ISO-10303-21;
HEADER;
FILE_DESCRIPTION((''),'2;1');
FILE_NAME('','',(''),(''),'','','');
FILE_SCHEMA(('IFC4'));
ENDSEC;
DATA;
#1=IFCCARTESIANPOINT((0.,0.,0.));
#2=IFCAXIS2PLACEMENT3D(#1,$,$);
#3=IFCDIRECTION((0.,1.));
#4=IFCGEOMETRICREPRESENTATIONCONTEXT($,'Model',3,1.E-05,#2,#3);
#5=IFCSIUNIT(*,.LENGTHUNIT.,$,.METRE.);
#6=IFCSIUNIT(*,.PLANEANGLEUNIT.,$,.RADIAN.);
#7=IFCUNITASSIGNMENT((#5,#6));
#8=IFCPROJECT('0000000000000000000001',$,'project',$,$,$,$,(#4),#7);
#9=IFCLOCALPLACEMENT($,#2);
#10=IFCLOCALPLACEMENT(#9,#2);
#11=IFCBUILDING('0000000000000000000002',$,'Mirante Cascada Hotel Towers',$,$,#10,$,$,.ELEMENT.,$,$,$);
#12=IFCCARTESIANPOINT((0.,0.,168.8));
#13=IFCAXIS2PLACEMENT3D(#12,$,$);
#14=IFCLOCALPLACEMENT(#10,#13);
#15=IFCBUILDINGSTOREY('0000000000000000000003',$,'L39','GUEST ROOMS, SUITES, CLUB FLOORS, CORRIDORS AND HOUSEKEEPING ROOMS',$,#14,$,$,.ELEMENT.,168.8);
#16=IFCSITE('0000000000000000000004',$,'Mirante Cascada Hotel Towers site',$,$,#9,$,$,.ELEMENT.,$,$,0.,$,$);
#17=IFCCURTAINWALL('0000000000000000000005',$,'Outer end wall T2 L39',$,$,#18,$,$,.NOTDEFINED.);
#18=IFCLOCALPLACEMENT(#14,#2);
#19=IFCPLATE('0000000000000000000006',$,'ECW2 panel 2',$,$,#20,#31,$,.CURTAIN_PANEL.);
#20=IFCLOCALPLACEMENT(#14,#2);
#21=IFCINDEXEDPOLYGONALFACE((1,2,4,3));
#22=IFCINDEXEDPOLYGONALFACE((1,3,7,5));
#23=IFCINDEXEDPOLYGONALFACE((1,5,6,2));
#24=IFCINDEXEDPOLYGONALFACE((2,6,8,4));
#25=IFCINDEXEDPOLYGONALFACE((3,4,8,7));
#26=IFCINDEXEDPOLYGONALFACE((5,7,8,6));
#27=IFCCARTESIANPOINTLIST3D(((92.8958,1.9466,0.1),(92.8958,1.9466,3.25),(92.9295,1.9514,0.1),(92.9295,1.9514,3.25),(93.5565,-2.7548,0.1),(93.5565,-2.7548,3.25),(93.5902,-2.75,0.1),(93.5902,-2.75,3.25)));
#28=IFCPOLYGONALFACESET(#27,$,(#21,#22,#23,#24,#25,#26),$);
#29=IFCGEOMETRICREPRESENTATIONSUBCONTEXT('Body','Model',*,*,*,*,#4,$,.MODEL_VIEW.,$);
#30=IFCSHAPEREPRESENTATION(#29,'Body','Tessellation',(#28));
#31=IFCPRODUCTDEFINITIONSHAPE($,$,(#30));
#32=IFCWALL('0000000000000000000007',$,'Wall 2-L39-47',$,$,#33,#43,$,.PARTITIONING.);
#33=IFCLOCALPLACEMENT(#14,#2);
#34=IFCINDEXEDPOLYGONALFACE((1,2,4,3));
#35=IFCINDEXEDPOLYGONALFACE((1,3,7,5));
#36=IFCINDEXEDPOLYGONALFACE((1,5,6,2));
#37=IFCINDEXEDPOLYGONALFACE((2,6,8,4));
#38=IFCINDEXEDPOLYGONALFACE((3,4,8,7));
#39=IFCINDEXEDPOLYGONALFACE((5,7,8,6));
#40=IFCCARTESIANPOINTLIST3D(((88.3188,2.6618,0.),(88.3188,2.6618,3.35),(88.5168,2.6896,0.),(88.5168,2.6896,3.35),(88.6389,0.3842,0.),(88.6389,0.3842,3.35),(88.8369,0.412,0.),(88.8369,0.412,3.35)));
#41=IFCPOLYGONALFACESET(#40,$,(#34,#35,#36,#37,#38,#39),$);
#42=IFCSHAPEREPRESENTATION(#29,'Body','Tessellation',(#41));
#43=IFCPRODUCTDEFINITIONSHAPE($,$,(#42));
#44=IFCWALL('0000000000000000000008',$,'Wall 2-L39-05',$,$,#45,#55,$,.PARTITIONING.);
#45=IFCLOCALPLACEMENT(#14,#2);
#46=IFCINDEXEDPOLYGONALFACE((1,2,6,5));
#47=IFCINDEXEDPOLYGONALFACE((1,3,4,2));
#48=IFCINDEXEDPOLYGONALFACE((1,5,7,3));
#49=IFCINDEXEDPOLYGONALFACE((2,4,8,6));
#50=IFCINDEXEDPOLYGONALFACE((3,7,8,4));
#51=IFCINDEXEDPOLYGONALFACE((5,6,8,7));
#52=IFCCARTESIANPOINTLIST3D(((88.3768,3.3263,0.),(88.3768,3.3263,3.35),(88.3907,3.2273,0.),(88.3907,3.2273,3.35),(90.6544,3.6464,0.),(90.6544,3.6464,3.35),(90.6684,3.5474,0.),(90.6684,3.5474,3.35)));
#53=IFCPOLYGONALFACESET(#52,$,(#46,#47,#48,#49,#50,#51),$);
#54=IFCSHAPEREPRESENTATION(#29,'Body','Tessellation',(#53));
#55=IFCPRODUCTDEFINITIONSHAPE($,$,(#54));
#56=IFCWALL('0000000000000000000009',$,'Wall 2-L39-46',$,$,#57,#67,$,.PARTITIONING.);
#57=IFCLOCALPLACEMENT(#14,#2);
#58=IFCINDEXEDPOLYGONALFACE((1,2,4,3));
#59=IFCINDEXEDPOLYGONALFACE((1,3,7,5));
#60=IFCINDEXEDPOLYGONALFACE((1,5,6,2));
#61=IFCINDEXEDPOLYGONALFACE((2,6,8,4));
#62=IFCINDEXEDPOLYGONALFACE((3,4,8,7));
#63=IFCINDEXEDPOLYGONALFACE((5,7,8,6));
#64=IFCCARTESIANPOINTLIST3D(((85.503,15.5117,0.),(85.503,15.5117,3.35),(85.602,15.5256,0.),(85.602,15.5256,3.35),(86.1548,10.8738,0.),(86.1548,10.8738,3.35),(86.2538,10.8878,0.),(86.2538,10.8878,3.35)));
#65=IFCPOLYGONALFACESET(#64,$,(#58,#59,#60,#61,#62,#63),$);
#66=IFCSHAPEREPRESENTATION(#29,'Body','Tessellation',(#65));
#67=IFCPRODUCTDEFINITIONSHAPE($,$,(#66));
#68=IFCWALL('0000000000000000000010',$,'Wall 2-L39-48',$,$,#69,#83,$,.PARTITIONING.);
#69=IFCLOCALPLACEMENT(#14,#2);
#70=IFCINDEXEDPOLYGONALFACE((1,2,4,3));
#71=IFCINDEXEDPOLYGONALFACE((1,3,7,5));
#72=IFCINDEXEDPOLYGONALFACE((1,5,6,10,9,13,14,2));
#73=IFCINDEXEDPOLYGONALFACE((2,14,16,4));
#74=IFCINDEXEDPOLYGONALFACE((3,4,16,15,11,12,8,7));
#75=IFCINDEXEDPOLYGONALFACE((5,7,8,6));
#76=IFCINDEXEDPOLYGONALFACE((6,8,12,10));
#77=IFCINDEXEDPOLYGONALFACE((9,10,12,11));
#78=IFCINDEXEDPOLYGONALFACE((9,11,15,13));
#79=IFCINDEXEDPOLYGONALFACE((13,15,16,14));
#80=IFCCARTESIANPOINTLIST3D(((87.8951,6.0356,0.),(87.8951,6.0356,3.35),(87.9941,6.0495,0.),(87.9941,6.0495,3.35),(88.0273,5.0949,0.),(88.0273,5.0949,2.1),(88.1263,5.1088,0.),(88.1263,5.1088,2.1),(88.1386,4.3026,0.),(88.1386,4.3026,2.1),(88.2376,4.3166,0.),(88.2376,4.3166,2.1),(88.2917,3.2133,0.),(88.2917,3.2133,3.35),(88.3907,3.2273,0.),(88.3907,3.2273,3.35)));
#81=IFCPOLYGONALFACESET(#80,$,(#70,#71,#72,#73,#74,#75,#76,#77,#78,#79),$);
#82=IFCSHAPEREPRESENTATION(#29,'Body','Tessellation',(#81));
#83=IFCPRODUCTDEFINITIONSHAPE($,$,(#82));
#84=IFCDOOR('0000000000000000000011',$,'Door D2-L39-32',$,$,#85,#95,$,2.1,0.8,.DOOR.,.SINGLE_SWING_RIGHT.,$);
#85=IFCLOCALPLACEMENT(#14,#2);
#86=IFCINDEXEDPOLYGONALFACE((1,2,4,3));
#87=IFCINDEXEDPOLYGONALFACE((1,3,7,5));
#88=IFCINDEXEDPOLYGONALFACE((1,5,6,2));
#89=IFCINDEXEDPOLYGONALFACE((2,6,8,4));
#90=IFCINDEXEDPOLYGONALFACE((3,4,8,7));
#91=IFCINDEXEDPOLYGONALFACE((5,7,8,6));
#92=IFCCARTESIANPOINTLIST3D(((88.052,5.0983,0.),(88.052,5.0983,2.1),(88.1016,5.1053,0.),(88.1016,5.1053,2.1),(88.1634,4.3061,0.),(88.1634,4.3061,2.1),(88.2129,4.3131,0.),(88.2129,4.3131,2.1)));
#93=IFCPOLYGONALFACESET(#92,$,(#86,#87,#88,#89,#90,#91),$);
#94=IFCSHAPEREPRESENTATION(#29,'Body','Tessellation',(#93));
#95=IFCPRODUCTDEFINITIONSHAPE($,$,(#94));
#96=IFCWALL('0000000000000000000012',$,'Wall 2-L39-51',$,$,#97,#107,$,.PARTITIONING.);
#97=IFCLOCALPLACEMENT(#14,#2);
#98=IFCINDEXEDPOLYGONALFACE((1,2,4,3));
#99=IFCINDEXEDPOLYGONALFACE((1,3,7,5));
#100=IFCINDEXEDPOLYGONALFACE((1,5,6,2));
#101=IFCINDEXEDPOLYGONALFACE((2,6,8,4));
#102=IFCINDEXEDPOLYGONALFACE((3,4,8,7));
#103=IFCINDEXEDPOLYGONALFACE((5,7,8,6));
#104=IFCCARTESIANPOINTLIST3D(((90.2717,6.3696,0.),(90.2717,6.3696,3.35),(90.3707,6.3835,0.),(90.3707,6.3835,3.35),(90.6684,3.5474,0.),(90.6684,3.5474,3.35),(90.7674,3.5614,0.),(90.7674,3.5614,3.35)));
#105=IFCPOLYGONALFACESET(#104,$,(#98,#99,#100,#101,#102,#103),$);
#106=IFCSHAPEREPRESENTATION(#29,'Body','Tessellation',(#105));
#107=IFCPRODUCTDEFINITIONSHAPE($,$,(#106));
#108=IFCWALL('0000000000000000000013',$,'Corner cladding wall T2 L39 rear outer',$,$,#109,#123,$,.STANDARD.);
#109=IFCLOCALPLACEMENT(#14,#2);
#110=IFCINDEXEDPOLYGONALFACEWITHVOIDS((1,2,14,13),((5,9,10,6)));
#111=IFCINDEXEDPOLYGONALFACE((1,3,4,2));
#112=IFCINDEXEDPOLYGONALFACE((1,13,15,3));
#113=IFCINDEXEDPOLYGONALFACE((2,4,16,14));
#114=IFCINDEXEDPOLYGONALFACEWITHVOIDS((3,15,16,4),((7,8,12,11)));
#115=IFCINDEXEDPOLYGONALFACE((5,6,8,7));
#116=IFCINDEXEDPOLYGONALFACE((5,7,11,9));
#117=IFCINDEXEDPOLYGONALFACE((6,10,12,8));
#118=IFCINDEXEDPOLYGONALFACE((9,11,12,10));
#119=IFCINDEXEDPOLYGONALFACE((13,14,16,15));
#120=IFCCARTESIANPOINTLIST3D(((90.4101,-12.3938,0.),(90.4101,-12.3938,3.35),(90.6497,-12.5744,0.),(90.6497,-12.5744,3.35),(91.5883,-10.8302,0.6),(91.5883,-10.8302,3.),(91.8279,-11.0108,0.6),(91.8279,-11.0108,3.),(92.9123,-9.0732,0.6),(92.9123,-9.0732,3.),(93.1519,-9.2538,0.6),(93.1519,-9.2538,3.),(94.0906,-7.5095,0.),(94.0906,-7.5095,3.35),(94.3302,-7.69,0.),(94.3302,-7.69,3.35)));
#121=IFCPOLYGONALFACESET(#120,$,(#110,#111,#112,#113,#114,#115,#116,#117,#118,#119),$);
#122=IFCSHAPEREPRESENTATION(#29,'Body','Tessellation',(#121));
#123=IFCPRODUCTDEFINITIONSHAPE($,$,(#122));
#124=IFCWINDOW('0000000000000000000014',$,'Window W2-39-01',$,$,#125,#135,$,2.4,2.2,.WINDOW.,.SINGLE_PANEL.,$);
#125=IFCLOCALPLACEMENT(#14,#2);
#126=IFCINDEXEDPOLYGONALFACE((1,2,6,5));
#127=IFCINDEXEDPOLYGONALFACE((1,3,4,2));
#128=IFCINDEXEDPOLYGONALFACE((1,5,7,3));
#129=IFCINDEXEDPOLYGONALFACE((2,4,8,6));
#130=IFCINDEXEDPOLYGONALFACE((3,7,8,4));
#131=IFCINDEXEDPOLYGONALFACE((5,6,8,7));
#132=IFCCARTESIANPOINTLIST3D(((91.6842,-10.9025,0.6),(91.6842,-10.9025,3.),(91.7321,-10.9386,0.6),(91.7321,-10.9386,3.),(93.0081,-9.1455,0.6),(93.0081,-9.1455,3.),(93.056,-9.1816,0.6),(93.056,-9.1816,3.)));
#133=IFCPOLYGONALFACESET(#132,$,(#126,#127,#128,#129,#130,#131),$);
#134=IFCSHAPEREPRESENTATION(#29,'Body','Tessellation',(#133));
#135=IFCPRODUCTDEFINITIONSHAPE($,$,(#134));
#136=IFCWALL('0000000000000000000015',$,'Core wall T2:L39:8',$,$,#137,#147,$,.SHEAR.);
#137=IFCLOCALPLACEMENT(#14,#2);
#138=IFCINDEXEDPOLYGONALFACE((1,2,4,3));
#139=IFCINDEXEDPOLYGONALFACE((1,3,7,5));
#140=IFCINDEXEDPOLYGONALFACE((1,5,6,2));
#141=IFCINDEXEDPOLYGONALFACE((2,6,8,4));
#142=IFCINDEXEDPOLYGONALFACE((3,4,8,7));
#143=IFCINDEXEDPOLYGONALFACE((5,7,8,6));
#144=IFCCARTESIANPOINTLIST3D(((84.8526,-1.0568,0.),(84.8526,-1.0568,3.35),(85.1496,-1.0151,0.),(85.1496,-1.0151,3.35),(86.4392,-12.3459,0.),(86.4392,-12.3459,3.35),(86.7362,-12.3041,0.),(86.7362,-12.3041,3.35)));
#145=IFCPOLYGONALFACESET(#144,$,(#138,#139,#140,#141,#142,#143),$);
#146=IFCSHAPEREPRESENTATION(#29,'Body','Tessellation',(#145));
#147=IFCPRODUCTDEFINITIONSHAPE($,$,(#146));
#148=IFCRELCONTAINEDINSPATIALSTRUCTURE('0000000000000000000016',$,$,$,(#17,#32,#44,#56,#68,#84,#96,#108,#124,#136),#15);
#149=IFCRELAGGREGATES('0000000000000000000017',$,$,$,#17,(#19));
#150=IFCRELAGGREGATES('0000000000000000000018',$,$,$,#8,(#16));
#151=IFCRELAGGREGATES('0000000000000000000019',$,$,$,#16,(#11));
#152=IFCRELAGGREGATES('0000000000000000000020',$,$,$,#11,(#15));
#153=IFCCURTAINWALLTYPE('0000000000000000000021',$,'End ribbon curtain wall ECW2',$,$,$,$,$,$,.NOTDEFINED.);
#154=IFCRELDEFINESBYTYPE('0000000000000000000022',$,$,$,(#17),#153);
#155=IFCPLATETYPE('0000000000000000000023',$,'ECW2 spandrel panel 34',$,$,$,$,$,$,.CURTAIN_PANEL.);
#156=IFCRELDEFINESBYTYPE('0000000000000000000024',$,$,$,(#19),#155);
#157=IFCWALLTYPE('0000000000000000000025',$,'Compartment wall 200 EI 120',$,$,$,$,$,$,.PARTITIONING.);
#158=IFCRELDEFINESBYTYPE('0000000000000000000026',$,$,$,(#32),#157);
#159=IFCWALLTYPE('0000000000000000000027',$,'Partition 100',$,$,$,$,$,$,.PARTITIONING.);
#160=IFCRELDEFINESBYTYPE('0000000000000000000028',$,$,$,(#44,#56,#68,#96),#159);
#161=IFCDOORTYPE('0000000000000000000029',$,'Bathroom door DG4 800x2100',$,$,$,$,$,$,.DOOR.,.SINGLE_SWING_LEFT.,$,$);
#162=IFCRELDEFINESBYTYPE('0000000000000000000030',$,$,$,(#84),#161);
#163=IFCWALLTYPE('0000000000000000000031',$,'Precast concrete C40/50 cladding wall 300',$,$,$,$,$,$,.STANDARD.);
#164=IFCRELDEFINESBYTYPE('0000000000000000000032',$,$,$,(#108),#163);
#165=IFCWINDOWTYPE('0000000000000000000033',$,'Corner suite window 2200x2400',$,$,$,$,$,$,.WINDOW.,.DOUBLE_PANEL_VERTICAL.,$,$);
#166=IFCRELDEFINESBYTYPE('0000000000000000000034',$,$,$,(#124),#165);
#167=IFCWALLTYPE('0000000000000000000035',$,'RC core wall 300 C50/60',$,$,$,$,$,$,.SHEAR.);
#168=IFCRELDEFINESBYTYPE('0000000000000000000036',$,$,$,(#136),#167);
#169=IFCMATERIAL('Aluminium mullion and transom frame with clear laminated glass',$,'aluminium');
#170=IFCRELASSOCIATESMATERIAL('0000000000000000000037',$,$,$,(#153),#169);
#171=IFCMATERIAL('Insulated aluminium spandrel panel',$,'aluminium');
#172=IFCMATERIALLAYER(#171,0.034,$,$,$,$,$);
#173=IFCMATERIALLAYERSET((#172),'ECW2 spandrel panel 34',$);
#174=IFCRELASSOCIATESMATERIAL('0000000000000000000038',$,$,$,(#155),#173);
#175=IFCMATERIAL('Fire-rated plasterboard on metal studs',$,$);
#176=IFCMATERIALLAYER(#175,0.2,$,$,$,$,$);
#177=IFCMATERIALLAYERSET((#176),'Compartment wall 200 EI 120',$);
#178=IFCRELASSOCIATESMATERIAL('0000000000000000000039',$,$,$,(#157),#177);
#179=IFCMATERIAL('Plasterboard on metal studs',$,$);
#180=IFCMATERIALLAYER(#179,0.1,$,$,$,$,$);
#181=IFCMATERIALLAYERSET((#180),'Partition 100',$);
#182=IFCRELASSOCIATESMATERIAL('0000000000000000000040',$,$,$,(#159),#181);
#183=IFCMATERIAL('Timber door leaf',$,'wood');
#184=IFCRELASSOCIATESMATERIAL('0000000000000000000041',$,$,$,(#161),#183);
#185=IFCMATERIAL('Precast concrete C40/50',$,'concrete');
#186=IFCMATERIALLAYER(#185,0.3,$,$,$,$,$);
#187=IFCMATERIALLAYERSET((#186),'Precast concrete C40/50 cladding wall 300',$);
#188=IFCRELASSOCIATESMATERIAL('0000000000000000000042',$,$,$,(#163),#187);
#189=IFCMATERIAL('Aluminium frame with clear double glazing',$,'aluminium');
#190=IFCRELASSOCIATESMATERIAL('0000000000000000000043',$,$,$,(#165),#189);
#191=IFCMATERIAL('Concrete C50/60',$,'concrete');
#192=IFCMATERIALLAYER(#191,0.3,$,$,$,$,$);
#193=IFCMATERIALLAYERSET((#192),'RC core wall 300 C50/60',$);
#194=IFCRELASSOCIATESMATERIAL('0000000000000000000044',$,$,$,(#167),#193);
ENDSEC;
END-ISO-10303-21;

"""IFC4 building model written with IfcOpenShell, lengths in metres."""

from ifc_helpers import new_model, si_unit, direction, frame, frame_2d, origin, origin_2d, place, context, subcontext, project, spatial, rectangle, extrude, material, layer, layer_set, type_object, element, fill, aggregate, save


model = new_model("IFC4")

# Units and contexts
model_context = context("Model", 3, precision=1e-05, world=origin(), true_north=direction((0.0, 1.0)))
body_context = subcontext(model_context, "Body", "Model", "MODEL_VIEW")
ifc_project = project(units=[si_unit("LENGTHUNIT", "METRE"), si_unit("PLANEANGLEUNIT", "RADIAN")], contexts=[model_context])

# Site, building, storey
site_placement = place(None, origin())
site = spatial("IfcSite", under=ifc_project, at=site_placement, Name="Mirante Cascada Hotel Towers site", CompositionType="ELEMENT", RefElevation=0.0)
building_placement = place(site_placement, origin())
building = spatial("IfcBuilding", under=site, at=building_placement, Name="Mirante Cascada Hotel Towers", CompositionType="ELEMENT")
storey_placement = place(building_placement, frame((0.0, 0.0, 168.8)))
storey = spatial("IfcBuildingStorey", under=building, at=storey_placement, Name="L39", Description="GUEST ROOMS, SUITES, CLUB FLOORS, CORRIDORS AND HOUSEKEEPING ROOMS", CompositionType="ELEMENT", Elevation=168.8)

# Curtain wall, plate
ifc_material_1 = material(Name="Aluminium mullion and transom frame with clear laminated glass", Category="aluminium")
curtain_wall_type = type_object("IfcCurtainWallType", Name="End ribbon curtain wall ECW2", PredefinedType="NOTDEFINED", material=ifc_material_1)
curtain_wall_placement = place(storey_placement, origin())
curtain_wall = element("IfcCurtainWall", 1, at=curtain_wall_placement, inside=storey, type_object=curtain_wall_type, Name="Outer end wall T2 L39", PredefinedType="NOTDEFINED")
ifc_material_2 = material(Name="Insulated aluminium spandrel panel", Category="aluminium")
ifc_layer_1 = layer(ifc_material_2, 0.034)
ifc_layer_set_1 = layer_set([ifc_layer_1], Name="ECW2 spandrel panel 34")
plate_type_1 = type_object("IfcPlateType", Name="ECW2 spandrel panel 34", PredefinedType="CURTAIN_PANEL", material=ifc_layer_set_1)
plate_1_placement = place(storey_placement, frame((93.243, -0.4017, 0.1), z_axis=(0.0, 0.0, 1.0), x_axis=(-0.139173, 0.990268, 0.0)))
plate_1 = element("IfcPlate", 2, at=plate_1_placement, type_object=plate_type_1, Name="ECW2 panel 2", PredefinedType="CURTAIN_PANEL", context=body_context, shape_type="SweptSolid", body=[
    extrude(rectangle(XDim=4.7476, YDim=0.034, at=origin_2d()), origin(), (0.0, 0.0, 1.0), 3.15),
])
aggregate(curtain_wall, [plate_1])

# Walls
ifc_material_3 = material(Name="Fire-rated plasterboard on metal studs")
ifc_layer_2 = layer(ifc_material_3, 0.2)
ifc_layer_set_2 = layer_set([ifc_layer_2], Name="Compartment wall 200 EI 120")
wall_type_1 = type_object("IfcWallType", Name="Compartment wall 200 EI 120", PredefinedType="PARTITIONING", material=ifc_layer_set_2)
wall_1_placement = place(storey_placement, frame((88.4178, 2.6757, 0.0), z_axis=(0.0, 0.0, 1.0), x_axis=(0.139175, -0.990268, 0.0)))
element("IfcWall", 3, at=wall_1_placement, inside=storey, type_object=wall_type_1, Name="Wall 2-L39-47", PredefinedType="PARTITIONING", context=body_context, shape_type="SweptSolid", body=[
    extrude(rectangle(XDim=2.3, YDim=0.2, at=frame_2d((1.15, 0.0))), origin(), (0.0, 0.0, 1.0), 3.35),
])
ifc_material_4 = material(Name="Plasterboard on metal studs")
ifc_layer_3 = layer(ifc_material_4, 0.1)
ifc_layer_set_3 = layer_set([ifc_layer_3], Name="Partition 100")
wall_type_2 = type_object("IfcWallType", Name="Partition 100", PredefinedType="PARTITIONING", material=ifc_layer_set_3)
wall_2_placement = place(storey_placement, frame((90.6614, 3.5969, 0.0), z_axis=(0.0, 0.0, 1.0), x_axis=(-0.990268, -0.139175, 0.0)))
element("IfcWall", 4, at=wall_2_placement, inside=storey, type_object=wall_type_2, Name="Wall 2-L39-05", PredefinedType="PARTITIONING", context=body_context, shape_type="SweptSolid", body=[
    extrude(rectangle(XDim=2.3, YDim=0.1, at=frame_2d((1.15, 0.0))), origin(), (0.0, 0.0, 1.0), 3.35),
])
wall_3_placement = place(storey_placement, frame((86.2043, 10.8808, 0.0), z_axis=(0.0, 0.0, 1.0), x_axis=(-0.139173, 0.990268, 0.0)))
element("IfcWall", 5, at=wall_3_placement, inside=storey, type_object=wall_type_2, Name="Wall 2-L39-46", PredefinedType="PARTITIONING", context=body_context, shape_type="SweptSolid", body=[
    extrude(rectangle(XDim=4.6834, YDim=0.1, at=frame_2d((2.3417, 0.0))), origin(), (0.0, 0.0, 1.0), 3.35),
])

# Wall, opening, door
wall_4_placement = place(storey_placement, frame((88.3412, 3.2203, 0.0), z_axis=(0.0, 0.0, 1.0), x_axis=(-0.139156, 0.99027, 0.0)))
wall_4 = element("IfcWall", 6, at=wall_4_placement, inside=storey, type_object=wall_type_2, Name="Wall 2-L39-48", PredefinedType="PARTITIONING", context=body_context, shape_type="SweptSolid", body=[
    extrude(rectangle(XDim=2.85, YDim=0.1, at=frame_2d((1.425, 0.0))), origin(), (0.0, 0.0, 1.0), 3.35),
])
opening_1_placement = place(wall_4_placement, frame((1.1, 0.0, 0.0)))
opening_1 = element("IfcOpeningElement", 7, at=opening_1_placement, cuts=wall_4, PredefinedType="OPENING", context=body_context, shape_type="SweptSolid", body=[
    extrude(rectangle(XDim=0.8, YDim=2.1, at=frame_2d((0.4, 1.05))), frame((0.0, 0.05, 0.0), z_axis=(0.0, -1.0, 0.0), x_axis=(1.0, 0.0, 0.0)), (0.0, 0.0, 1.0), 0.1),
])
ifc_material_5 = material(Name="Timber door leaf", Category="wood")
door_type_1 = type_object("IfcDoorType", Name="Bathroom door DG4 800x2100", OperationType="SINGLE_SWING_LEFT", PredefinedType="DOOR", material=ifc_material_5)
door_1_placement = place(opening_1_placement, frame((0.8, 0.0, 0.0), z_axis=(0.0, 0.0, 1.0), x_axis=(-1.0, 0.0, 0.0)))
door_1 = element("IfcDoor", 8, at=door_1_placement, inside=storey, type_object=door_type_1, Name="Door D2-L39-32", OperationType="SINGLE_SWING_RIGHT", OverallHeight=2.1, OverallWidth=0.8, PredefinedType="DOOR", context=body_context, shape_type="SweptSolid", body=[
    extrude(rectangle(XDim=0.8, YDim=2.1, at=frame_2d((0.4, 1.05))), frame((0.0, 0.025, 0.0), z_axis=(0.0, -1.0, 0.0), x_axis=(1.0, 0.0, 0.0)), (0.0, 0.0, 1.0), 0.05),
])
fill(opening_1, door_1)

# Wall
wall_5_placement = place(storey_placement, frame((90.3212, 6.3766, 0.0), z_axis=(0.0, 0.0, 1.0), x_axis=(0.139196, -0.990265, 0.0)))
element("IfcWall", 9, at=wall_5_placement, inside=storey, type_object=wall_type_2, Name="Wall 2-L39-51", PredefinedType="PARTITIONING", context=body_context, shape_type="SweptSolid", body=[
    extrude(rectangle(XDim=2.8499, YDim=0.1, at=frame_2d((1.425, 0.0))), origin(), (0.0, 0.0, 1.0), 3.35),
])

# Wall, opening, window
ifc_material_6 = material(Name="Precast concrete C40/50", Category="concrete")
ifc_layer_4 = layer(ifc_material_6, 0.3)
ifc_layer_set_4 = layer_set([ifc_layer_4], Name="Precast concrete C40/50 cladding wall 300")
wall_type_3 = type_object("IfcWallType", Name="Precast concrete C40/50 cladding wall 300", PredefinedType="STANDARD", material=ifc_layer_set_4)
wall_6_placement = place(storey_placement, frame((90.5299, -12.4841, 0.0), z_axis=(0.0, 0.0, 1.0), x_axis=(0.601806, 0.798642, 0.0)))
wall_6 = element("IfcWall", 10, at=wall_6_placement, inside=storey, type_object=wall_type_3, Name="Corner cladding wall T2 L39 rear outer", PredefinedType="STANDARD", context=body_context, shape_type="SweptSolid", body=[
    extrude(rectangle(XDim=6.1158, YDim=0.3, at=frame_2d((3.0579, 0.0))), origin(), (0.0, 0.0, 1.0), 3.35),
])
opening_2_placement = place(wall_6_placement, frame((1.9578, 0.0, 0.6)))
opening_2 = element("IfcOpeningElement", 11, at=opening_2_placement, cuts=wall_6, PredefinedType="OPENING", context=body_context, shape_type="SweptSolid", body=[
    extrude(rectangle(XDim=2.2, YDim=2.4, at=frame_2d((1.1, 1.2))), frame((0.0, 0.15, 0.0), z_axis=(0.0, -1.0, 0.0), x_axis=(1.0, 0.0, 0.0)), (0.0, 0.0, 1.0), 0.3),
])
ifc_material_7 = material(Name="Aluminium frame with clear double glazing", Category="aluminium")
window_type = type_object("IfcWindowType", Name="Corner suite window 2200x2400", PartitioningType="DOUBLE_PANEL_VERTICAL", PredefinedType="WINDOW", material=ifc_material_7)
window_placement = place(opening_2_placement, origin())
window = element("IfcWindow", 12, at=window_placement, inside=storey, type_object=window_type, Name="Window W2-39-01", OverallHeight=2.4, OverallWidth=2.2, PartitioningType="SINGLE_PANEL", PredefinedType="WINDOW", context=body_context, shape_type="SweptSolid", body=[
    extrude(rectangle(XDim=2.2, YDim=2.4, at=frame_2d((1.1, 1.2))), frame((0.0, 0.03, 0.0), z_axis=(0.0, -1.0, 0.0), x_axis=(1.0, 0.0, 0.0)), (0.0, 0.0, 1.0), 0.06),
])
fill(opening_2, window)

# Wall
ifc_material_8 = material(Name="Concrete C50/60", Category="concrete")
ifc_layer_5 = layer(ifc_material_8, 0.3)
ifc_layer_set_5 = layer_set([ifc_layer_5], Name="RC core wall 300 C50/60")
wall_type_4 = type_object("IfcWallType", Name="RC core wall 300 C50/60", PredefinedType="SHEAR", material=ifc_layer_set_5)
wall_7_placement = place(storey_placement, frame((86.5877, -12.325, 0.0), z_axis=(0.0, 0.0, 1.0), x_axis=(-0.139175, 0.990268, 0.0)))
element("IfcWall", 13, at=wall_7_placement, inside=storey, type_object=wall_type_4, Name="Core wall T2:L39:8", PredefinedType="SHEAR", context=body_context, shape_type="SweptSolid", body=[
    extrude(rectangle(XDim=11.4, YDim=0.3, at=frame_2d((5.7, 0.0))), origin(), (0.0, 0.0, 1.0), 3.35),
])

save(model, "model.ifc")
